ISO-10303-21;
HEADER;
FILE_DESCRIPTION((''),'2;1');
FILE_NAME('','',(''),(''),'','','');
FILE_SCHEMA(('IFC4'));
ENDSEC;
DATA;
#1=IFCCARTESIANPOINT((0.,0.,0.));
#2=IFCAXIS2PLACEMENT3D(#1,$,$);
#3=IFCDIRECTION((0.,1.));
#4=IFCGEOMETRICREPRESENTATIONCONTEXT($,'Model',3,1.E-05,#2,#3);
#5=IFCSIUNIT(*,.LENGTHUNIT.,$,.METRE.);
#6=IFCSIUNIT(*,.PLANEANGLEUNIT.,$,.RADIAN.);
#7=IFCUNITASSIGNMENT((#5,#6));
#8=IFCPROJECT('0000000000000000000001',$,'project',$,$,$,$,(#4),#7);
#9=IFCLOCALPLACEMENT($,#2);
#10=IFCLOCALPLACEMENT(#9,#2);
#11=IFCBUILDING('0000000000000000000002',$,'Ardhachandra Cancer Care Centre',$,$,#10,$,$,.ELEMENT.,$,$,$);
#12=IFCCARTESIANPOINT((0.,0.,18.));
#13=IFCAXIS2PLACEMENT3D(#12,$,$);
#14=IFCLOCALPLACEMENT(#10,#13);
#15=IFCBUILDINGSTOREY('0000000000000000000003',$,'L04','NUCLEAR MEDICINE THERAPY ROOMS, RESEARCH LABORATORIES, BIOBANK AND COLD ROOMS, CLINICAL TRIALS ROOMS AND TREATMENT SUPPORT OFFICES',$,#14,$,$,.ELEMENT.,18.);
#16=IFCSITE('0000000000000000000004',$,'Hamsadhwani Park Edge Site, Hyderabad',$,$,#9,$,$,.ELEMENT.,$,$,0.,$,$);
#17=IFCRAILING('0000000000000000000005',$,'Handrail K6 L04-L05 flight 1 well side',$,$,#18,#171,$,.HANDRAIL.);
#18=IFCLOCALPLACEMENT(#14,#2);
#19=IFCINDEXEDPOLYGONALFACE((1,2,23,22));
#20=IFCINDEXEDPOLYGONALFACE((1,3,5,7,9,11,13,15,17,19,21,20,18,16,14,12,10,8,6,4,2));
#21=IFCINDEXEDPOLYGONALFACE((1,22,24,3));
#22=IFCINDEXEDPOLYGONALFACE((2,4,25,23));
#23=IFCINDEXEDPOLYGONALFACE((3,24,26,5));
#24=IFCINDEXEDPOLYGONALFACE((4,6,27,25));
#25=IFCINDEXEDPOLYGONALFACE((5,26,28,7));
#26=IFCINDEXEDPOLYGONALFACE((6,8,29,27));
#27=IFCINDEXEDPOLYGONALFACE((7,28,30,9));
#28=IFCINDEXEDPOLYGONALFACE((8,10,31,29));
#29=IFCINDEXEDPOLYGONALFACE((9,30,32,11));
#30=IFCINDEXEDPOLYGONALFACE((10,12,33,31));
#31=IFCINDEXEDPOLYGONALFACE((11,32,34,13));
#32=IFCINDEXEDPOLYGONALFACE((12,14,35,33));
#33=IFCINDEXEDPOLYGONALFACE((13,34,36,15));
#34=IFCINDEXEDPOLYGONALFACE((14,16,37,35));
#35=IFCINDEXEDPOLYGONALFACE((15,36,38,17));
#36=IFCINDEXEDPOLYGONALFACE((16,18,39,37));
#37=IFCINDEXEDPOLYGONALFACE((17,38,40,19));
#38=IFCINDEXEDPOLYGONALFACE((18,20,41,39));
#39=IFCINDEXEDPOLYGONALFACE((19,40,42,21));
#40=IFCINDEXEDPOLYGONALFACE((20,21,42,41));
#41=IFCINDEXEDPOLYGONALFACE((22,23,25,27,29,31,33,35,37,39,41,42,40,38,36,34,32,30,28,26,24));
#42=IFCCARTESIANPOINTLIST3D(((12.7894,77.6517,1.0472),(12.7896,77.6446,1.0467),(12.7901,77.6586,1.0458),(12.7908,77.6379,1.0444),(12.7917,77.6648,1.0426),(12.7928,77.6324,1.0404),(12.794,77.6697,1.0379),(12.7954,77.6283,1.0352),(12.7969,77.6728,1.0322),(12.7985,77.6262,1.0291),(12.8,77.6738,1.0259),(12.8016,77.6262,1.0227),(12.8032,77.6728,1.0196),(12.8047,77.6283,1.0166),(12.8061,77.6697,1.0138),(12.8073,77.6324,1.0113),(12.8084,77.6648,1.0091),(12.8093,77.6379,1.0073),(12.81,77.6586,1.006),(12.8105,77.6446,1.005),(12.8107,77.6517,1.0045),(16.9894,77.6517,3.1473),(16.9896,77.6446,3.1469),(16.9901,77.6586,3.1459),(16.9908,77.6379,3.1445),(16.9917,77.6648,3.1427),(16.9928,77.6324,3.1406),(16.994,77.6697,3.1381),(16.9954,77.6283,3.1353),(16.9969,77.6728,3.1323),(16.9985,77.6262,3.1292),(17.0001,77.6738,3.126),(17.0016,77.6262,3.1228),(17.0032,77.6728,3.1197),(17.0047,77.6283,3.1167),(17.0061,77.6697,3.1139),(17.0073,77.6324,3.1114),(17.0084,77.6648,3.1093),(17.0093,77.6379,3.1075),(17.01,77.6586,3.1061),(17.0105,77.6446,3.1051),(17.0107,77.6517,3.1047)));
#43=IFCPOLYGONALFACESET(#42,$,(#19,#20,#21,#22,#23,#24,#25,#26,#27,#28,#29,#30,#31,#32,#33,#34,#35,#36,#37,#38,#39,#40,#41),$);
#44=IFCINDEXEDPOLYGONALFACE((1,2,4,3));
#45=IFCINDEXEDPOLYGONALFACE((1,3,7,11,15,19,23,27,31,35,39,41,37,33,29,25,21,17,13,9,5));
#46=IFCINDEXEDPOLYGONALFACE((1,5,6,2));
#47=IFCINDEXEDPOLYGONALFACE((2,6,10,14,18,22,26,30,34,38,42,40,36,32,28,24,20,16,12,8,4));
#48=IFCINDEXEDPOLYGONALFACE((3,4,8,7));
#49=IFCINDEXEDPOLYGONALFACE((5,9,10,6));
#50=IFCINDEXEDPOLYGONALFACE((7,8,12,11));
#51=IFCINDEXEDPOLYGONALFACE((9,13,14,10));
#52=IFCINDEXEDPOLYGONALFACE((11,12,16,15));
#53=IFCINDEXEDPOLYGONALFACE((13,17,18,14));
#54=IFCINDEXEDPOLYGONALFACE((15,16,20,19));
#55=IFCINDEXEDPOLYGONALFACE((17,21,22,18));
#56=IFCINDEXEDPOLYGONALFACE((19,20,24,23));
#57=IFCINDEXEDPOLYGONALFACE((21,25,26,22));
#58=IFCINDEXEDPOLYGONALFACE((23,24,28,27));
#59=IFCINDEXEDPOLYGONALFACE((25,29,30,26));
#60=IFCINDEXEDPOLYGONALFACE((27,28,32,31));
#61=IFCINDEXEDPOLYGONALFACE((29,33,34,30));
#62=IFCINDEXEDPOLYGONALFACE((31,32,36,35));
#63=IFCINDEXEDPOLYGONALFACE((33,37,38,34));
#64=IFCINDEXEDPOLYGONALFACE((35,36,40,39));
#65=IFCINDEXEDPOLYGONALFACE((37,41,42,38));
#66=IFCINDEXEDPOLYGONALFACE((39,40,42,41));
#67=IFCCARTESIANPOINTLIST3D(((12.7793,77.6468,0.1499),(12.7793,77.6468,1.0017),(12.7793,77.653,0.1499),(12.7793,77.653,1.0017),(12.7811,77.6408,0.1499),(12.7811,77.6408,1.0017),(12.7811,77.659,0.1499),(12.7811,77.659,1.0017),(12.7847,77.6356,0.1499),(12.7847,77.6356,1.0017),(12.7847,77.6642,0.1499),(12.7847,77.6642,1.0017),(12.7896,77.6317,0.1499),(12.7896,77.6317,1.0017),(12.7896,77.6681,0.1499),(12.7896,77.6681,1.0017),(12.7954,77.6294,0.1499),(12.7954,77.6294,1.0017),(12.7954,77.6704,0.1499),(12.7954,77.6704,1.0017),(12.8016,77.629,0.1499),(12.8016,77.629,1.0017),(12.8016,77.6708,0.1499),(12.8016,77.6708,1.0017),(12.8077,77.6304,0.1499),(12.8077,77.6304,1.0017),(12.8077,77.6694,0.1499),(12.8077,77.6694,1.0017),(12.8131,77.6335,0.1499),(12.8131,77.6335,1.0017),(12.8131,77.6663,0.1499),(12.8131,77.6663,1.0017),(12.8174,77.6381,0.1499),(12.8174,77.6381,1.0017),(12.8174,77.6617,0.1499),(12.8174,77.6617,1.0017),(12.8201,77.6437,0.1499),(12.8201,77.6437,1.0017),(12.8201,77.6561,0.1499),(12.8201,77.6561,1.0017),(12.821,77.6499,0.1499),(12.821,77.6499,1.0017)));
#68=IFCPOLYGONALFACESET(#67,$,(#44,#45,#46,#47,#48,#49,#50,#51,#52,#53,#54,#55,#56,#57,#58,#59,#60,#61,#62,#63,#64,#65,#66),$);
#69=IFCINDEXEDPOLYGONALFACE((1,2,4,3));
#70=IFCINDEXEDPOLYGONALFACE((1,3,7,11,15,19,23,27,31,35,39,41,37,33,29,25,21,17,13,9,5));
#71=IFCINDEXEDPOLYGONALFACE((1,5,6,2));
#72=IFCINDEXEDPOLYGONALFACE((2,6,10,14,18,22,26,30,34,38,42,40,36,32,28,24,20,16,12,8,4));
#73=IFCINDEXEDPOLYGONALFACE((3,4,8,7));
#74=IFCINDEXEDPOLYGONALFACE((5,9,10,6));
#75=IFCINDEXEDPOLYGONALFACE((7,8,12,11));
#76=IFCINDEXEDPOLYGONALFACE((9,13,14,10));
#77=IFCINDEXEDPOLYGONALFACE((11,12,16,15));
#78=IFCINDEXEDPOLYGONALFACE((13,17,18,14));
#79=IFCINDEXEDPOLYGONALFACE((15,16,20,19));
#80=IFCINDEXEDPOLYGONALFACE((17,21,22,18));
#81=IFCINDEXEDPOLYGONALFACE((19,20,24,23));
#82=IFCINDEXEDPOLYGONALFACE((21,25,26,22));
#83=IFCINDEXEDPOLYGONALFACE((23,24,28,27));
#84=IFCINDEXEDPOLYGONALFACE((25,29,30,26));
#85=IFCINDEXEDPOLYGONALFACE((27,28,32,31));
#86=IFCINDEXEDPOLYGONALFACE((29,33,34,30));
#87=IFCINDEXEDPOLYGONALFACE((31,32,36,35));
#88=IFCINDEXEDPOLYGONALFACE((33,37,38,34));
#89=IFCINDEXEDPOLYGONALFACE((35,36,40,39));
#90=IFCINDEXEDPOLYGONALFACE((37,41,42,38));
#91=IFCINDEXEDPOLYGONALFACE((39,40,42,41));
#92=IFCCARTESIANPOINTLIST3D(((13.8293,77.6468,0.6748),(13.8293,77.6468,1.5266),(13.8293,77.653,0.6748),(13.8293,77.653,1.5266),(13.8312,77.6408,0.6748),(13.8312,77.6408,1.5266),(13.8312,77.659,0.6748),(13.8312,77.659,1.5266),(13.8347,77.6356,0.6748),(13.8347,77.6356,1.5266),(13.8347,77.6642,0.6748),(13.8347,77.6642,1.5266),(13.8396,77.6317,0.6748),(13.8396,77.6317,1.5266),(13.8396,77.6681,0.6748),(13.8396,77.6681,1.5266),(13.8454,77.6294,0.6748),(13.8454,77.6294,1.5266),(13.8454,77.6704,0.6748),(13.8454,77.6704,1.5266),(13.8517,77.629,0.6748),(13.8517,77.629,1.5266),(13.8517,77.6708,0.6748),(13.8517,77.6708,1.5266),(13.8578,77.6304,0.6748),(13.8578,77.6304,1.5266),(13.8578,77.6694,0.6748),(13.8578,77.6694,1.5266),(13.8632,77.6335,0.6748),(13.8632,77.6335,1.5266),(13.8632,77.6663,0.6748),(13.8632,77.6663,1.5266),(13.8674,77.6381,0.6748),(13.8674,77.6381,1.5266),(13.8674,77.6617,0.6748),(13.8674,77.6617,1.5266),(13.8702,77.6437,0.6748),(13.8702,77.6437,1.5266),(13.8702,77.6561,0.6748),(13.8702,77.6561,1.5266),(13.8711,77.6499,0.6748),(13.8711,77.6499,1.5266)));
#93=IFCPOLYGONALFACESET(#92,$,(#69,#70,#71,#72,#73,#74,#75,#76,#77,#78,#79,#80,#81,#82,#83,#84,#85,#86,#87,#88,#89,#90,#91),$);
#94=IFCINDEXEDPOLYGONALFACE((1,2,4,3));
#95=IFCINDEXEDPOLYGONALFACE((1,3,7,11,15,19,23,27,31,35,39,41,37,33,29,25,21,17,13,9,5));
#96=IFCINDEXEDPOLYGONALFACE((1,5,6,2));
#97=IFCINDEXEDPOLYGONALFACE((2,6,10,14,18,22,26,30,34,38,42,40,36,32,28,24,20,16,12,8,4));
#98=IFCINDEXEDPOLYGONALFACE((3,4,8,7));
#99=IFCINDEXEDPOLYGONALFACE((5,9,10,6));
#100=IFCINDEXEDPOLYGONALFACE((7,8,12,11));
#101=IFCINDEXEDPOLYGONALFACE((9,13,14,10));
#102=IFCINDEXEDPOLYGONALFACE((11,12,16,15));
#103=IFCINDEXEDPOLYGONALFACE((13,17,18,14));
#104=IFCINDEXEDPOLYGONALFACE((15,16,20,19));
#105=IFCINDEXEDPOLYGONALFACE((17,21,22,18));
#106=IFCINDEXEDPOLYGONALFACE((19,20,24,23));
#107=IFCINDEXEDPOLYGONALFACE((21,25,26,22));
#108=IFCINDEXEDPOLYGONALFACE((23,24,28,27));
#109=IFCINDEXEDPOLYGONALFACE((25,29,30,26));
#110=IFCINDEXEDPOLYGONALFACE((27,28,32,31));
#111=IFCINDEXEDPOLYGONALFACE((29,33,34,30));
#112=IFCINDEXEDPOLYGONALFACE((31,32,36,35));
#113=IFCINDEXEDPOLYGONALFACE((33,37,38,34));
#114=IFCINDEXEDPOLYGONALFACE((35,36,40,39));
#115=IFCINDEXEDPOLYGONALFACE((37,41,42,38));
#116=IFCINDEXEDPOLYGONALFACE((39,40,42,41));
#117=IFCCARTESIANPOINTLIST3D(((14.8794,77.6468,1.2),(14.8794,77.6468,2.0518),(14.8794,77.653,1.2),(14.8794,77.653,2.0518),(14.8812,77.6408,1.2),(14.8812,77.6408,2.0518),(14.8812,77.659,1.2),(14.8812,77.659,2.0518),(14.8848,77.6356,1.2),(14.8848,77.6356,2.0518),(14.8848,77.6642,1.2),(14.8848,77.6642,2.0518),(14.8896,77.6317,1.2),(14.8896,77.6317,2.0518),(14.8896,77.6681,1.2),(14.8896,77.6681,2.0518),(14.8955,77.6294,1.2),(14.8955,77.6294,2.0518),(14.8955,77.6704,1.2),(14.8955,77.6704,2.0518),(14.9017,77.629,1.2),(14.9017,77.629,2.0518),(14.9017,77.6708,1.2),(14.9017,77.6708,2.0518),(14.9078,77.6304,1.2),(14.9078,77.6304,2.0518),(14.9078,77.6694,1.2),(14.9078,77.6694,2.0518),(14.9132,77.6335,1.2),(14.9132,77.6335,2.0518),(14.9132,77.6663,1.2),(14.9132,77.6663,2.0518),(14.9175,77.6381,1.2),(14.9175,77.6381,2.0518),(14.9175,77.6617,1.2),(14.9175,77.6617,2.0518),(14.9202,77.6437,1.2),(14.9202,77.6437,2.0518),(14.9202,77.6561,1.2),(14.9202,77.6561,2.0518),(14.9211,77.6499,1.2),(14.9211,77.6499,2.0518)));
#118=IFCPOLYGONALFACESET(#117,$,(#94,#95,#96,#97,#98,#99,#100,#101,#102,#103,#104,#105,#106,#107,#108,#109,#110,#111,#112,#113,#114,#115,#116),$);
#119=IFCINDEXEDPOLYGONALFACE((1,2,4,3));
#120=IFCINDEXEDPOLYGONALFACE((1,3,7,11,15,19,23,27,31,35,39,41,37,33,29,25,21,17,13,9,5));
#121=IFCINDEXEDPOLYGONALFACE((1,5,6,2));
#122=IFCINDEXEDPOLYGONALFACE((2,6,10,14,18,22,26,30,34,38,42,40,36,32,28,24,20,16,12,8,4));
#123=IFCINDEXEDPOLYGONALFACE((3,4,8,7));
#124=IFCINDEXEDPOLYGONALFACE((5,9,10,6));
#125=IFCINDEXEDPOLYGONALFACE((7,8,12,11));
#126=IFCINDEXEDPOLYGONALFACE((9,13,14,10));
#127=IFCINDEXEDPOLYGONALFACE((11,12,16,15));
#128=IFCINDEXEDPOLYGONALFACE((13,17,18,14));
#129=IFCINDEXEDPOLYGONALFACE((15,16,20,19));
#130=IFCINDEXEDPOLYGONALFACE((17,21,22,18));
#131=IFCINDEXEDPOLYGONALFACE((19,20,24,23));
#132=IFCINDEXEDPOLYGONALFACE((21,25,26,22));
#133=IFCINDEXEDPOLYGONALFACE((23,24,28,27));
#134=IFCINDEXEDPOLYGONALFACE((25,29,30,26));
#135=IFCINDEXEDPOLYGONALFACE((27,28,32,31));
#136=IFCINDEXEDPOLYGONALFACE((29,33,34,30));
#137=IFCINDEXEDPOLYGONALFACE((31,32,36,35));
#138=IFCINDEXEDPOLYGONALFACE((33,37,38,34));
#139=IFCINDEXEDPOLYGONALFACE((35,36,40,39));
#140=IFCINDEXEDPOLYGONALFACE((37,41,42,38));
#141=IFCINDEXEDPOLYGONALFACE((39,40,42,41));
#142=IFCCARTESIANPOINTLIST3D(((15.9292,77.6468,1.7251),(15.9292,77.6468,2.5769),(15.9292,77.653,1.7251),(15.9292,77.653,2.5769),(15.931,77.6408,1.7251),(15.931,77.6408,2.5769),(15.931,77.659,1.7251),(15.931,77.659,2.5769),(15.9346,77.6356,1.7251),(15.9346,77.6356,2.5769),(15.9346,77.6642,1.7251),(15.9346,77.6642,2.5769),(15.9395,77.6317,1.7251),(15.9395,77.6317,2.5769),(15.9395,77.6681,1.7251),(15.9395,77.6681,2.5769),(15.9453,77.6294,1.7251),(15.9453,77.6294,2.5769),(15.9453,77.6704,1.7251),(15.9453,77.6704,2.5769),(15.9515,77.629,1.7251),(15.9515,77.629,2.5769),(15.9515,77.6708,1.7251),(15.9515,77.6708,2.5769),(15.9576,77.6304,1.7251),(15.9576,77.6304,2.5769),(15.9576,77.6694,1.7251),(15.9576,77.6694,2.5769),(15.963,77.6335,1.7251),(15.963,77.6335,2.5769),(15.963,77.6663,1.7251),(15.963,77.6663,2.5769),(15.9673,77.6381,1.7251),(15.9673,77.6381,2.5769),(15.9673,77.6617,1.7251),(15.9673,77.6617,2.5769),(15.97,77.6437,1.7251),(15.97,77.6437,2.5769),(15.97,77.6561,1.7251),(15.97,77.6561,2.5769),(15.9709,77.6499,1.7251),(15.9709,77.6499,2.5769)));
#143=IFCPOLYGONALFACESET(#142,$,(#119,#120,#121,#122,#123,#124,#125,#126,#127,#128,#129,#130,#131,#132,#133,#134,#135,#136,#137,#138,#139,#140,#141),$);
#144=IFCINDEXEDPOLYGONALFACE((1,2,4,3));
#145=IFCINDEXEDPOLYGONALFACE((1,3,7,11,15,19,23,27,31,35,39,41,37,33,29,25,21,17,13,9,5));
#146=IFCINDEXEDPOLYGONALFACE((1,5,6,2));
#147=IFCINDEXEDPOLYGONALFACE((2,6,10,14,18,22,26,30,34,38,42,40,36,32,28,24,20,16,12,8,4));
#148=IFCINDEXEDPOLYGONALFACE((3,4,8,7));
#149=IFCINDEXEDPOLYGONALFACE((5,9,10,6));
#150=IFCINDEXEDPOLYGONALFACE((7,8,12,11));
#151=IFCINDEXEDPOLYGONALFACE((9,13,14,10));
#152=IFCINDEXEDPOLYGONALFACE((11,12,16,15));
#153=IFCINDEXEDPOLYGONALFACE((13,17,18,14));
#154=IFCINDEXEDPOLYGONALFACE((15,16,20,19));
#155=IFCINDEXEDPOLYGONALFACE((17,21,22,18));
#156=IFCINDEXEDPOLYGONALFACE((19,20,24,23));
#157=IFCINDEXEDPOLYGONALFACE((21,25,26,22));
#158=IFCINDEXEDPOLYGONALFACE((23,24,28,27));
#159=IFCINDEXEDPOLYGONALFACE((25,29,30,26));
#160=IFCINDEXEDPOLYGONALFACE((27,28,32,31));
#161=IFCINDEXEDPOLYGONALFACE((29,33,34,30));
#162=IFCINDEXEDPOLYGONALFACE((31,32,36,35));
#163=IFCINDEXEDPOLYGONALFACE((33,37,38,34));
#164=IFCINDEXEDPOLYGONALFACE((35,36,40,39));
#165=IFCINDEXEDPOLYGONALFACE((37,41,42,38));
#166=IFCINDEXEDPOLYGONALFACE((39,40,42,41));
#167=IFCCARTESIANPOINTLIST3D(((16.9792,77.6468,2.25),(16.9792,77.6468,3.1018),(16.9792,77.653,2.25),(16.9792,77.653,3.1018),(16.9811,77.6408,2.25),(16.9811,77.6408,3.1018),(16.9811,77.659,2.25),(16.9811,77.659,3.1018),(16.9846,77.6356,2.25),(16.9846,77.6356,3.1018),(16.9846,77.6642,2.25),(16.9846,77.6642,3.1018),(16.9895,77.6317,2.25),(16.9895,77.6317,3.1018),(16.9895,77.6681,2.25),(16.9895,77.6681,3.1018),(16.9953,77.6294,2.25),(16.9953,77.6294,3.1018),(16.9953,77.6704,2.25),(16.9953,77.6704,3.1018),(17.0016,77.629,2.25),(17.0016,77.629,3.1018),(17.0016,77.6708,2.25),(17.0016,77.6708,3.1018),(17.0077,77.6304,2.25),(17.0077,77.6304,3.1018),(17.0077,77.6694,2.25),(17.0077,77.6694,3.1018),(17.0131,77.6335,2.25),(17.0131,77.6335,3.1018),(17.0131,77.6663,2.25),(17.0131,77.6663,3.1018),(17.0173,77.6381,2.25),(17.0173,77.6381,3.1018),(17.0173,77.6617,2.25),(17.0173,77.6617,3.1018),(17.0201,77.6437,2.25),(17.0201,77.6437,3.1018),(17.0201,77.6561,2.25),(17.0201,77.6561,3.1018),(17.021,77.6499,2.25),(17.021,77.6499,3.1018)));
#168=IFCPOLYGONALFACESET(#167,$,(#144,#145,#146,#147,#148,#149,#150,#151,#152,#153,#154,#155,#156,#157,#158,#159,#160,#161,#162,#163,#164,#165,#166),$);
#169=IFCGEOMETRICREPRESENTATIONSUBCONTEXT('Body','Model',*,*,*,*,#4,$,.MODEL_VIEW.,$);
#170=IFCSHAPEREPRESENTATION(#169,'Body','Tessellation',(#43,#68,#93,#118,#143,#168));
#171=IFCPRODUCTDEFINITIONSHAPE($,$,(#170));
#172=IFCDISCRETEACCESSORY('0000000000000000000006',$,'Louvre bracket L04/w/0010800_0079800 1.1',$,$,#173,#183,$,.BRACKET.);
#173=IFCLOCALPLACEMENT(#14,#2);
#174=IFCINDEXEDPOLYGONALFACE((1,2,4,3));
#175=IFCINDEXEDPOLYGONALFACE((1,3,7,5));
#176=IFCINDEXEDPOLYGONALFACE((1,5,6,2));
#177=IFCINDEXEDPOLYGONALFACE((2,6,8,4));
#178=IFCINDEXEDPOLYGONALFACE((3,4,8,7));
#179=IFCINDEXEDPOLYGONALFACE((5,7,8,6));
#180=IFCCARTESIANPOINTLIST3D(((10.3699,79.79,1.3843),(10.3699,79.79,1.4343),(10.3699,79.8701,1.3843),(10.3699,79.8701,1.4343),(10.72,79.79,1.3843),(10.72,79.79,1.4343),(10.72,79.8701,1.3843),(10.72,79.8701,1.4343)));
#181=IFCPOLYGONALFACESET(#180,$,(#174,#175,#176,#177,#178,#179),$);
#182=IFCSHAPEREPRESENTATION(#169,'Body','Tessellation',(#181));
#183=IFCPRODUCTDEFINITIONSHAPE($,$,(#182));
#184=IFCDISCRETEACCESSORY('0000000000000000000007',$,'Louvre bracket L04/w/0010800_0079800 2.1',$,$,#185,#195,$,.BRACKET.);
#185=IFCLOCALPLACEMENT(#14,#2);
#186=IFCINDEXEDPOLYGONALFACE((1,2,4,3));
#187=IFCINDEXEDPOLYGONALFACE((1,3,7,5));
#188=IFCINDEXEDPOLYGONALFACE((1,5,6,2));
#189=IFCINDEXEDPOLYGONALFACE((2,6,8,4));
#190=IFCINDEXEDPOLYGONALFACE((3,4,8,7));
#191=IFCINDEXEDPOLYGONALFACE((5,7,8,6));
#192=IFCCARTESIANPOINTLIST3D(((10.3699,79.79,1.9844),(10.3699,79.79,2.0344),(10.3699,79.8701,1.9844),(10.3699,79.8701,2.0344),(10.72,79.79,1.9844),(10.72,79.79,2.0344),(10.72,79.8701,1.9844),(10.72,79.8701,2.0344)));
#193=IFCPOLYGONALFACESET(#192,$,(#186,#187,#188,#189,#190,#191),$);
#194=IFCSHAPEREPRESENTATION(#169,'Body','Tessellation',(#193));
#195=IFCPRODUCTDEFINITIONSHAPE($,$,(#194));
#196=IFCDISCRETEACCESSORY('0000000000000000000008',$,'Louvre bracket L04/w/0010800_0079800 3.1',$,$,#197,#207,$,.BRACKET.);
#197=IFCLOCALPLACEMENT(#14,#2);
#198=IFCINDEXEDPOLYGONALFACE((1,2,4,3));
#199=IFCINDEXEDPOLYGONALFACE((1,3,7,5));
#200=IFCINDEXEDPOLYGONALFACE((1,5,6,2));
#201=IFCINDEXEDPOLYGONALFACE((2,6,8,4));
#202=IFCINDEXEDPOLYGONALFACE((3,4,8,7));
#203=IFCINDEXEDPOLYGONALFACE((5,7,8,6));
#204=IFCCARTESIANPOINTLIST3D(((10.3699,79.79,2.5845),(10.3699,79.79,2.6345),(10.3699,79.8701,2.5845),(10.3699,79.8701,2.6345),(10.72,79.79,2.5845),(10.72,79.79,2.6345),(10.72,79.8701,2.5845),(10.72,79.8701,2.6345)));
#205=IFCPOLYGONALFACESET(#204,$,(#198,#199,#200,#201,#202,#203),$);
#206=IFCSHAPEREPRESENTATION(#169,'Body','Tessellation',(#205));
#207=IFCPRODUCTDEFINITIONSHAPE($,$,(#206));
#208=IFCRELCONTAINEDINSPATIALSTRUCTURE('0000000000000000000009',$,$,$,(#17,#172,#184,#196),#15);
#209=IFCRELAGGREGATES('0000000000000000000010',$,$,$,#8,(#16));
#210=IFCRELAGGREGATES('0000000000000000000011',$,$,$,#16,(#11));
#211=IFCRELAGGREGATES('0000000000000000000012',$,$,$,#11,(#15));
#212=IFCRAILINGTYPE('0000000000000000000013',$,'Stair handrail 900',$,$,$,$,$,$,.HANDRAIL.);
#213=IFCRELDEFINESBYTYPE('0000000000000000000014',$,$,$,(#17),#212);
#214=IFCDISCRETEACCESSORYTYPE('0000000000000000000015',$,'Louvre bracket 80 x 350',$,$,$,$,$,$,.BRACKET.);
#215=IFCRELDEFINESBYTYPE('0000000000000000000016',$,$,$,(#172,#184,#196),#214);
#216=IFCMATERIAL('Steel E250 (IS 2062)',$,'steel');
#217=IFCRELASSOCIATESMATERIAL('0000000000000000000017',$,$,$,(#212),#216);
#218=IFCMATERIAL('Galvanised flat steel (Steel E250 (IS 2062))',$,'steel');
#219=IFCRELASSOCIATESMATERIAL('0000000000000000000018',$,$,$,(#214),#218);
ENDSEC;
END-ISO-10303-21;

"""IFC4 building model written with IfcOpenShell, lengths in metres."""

from ifc_helpers import new_model, si_unit, direction, frame, origin, origin_2d, place, context, subcontext, project, spatial, rectangle, circle, extrude, material, type_object, element, save


model = new_model("IFC4")

# Units and contexts
model_context = context("Model", 3, precision=1e-05, world=origin(), true_north=direction((0.0, 1.0)))
body_context = subcontext(model_context, "Body", "Model", "MODEL_VIEW")
ifc_project = project(units=[si_unit("LENGTHUNIT", "METRE"), si_unit("PLANEANGLEUNIT", "RADIAN")], contexts=[model_context])

# Site, building, storey
site_placement = place(None, origin())
site = spatial("IfcSite", under=ifc_project, at=site_placement, Name="Hamsadhwani Park Edge Site, Hyderabad", CompositionType="ELEMENT", RefElevation=0.0)
building_placement = place(site_placement, origin())
building = spatial("IfcBuilding", under=site, at=building_placement, Name="Ardhachandra Cancer Care Centre", CompositionType="ELEMENT")
storey_placement = place(building_placement, frame((0.0, 0.0, 18.0)))
storey = spatial("IfcBuildingStorey", under=building, at=storey_placement, Name="L04", Description="NUCLEAR MEDICINE THERAPY ROOMS, RESEARCH LABORATORIES, BIOBANK AND COLD ROOMS, CLINICAL TRIALS ROOMS AND TREATMENT SUPPORT OFFICES", CompositionType="ELEMENT", Elevation=18.0)

# Railing
ifc_material_1 = material(Name="Steel E250 (IS 2062)", Category="steel")
railing_type_1 = type_object("IfcRailingType", Name="Stair handrail 900", PredefinedType="HANDRAIL", material=ifc_material_1)
for number, where, name in (
    (1, (12.8, 77.6499, 0.1499), "Handrail K6 L04-L05 flight 1 well side"),
):
    element("IfcRailing", number, at=place(storey_placement, frame(where)), inside=storey, type_object=railing_type_1, Name=name, PredefinedType="HANDRAIL", context=body_context, shape_type="SweptSolid", body=[
        extrude(circle(Radius=0.0239, at=origin_2d()), frame((0.0, 0.0, 0.876), z_axis=(0.894417, 0.0, 0.447234), x_axis=(0.0, 1.0, 0.0)), (0.0, 0.0, 1.0), 4.6958),
        extrude(circle(Radius=0.021, at=origin_2d()), origin(), (0.0, 0.0, 1.0), 0.8518),
        extrude(circle(Radius=0.021, at=origin_2d()), frame((1.05, 0.0, 0.5249)), (0.0, 0.0, 1.0), 0.8518),
        extrude(circle(Radius=0.021, at=origin_2d()), frame((2.1001, 0.0, 1.05)), (0.0, 0.0, 1.0), 0.8518),
        extrude(circle(Radius=0.021, at=origin_2d()), frame((3.1499, 0.0, 1.5752)), (0.0, 0.0, 1.0), 0.8518),
        extrude(circle(Radius=0.021, at=origin_2d()), frame((4.2, 0.0, 2.1001)), (0.0, 0.0, 1.0), 0.8518),
    ])

# Discrete accessories
ifc_material_2 = material(Name="Galvanised flat steel (Steel E250 (IS 2062))", Category="steel")
discrete_accessory_type = type_object("IfcDiscreteAccessoryType", Name="Louvre bracket 80 x 350", PredefinedType="BRACKET", material=ifc_material_2)
for number, where, z_axis, x_axis, name in (
    (2, (10.5449, 79.8301, 1.3843), (0.0, 0.0, 1.0), (0.0, 1.0, 0.0), "Louvre bracket L04/w/0010800_0079800 1.1"),
    (3, (10.5449, 79.8301, 1.9844), (0.0, 0.0, 1.0), (0.0, 1.0, 0.0), "Louvre bracket L04/w/0010800_0079800 2.1"),
    (4, (10.5449, 79.8301, 2.5845), (0.0, 0.0, 1.0), (0.0, 1.0, 0.0), "Louvre bracket L04/w/0010800_0079800 3.1"),
):
    element("IfcDiscreteAccessory", number, at=place(storey_placement, frame(where, z_axis=z_axis, x_axis=x_axis)), inside=storey, type_object=discrete_accessory_type, Name=name, PredefinedType="BRACKET", context=body_context, shape_type="SweptSolid", body=[
        extrude(rectangle(XDim=0.0801, YDim=0.3501, at=origin_2d()), origin(), (0.0, 0.0, 1.0), 0.05),
    ])

save(model, "model.ifc")
